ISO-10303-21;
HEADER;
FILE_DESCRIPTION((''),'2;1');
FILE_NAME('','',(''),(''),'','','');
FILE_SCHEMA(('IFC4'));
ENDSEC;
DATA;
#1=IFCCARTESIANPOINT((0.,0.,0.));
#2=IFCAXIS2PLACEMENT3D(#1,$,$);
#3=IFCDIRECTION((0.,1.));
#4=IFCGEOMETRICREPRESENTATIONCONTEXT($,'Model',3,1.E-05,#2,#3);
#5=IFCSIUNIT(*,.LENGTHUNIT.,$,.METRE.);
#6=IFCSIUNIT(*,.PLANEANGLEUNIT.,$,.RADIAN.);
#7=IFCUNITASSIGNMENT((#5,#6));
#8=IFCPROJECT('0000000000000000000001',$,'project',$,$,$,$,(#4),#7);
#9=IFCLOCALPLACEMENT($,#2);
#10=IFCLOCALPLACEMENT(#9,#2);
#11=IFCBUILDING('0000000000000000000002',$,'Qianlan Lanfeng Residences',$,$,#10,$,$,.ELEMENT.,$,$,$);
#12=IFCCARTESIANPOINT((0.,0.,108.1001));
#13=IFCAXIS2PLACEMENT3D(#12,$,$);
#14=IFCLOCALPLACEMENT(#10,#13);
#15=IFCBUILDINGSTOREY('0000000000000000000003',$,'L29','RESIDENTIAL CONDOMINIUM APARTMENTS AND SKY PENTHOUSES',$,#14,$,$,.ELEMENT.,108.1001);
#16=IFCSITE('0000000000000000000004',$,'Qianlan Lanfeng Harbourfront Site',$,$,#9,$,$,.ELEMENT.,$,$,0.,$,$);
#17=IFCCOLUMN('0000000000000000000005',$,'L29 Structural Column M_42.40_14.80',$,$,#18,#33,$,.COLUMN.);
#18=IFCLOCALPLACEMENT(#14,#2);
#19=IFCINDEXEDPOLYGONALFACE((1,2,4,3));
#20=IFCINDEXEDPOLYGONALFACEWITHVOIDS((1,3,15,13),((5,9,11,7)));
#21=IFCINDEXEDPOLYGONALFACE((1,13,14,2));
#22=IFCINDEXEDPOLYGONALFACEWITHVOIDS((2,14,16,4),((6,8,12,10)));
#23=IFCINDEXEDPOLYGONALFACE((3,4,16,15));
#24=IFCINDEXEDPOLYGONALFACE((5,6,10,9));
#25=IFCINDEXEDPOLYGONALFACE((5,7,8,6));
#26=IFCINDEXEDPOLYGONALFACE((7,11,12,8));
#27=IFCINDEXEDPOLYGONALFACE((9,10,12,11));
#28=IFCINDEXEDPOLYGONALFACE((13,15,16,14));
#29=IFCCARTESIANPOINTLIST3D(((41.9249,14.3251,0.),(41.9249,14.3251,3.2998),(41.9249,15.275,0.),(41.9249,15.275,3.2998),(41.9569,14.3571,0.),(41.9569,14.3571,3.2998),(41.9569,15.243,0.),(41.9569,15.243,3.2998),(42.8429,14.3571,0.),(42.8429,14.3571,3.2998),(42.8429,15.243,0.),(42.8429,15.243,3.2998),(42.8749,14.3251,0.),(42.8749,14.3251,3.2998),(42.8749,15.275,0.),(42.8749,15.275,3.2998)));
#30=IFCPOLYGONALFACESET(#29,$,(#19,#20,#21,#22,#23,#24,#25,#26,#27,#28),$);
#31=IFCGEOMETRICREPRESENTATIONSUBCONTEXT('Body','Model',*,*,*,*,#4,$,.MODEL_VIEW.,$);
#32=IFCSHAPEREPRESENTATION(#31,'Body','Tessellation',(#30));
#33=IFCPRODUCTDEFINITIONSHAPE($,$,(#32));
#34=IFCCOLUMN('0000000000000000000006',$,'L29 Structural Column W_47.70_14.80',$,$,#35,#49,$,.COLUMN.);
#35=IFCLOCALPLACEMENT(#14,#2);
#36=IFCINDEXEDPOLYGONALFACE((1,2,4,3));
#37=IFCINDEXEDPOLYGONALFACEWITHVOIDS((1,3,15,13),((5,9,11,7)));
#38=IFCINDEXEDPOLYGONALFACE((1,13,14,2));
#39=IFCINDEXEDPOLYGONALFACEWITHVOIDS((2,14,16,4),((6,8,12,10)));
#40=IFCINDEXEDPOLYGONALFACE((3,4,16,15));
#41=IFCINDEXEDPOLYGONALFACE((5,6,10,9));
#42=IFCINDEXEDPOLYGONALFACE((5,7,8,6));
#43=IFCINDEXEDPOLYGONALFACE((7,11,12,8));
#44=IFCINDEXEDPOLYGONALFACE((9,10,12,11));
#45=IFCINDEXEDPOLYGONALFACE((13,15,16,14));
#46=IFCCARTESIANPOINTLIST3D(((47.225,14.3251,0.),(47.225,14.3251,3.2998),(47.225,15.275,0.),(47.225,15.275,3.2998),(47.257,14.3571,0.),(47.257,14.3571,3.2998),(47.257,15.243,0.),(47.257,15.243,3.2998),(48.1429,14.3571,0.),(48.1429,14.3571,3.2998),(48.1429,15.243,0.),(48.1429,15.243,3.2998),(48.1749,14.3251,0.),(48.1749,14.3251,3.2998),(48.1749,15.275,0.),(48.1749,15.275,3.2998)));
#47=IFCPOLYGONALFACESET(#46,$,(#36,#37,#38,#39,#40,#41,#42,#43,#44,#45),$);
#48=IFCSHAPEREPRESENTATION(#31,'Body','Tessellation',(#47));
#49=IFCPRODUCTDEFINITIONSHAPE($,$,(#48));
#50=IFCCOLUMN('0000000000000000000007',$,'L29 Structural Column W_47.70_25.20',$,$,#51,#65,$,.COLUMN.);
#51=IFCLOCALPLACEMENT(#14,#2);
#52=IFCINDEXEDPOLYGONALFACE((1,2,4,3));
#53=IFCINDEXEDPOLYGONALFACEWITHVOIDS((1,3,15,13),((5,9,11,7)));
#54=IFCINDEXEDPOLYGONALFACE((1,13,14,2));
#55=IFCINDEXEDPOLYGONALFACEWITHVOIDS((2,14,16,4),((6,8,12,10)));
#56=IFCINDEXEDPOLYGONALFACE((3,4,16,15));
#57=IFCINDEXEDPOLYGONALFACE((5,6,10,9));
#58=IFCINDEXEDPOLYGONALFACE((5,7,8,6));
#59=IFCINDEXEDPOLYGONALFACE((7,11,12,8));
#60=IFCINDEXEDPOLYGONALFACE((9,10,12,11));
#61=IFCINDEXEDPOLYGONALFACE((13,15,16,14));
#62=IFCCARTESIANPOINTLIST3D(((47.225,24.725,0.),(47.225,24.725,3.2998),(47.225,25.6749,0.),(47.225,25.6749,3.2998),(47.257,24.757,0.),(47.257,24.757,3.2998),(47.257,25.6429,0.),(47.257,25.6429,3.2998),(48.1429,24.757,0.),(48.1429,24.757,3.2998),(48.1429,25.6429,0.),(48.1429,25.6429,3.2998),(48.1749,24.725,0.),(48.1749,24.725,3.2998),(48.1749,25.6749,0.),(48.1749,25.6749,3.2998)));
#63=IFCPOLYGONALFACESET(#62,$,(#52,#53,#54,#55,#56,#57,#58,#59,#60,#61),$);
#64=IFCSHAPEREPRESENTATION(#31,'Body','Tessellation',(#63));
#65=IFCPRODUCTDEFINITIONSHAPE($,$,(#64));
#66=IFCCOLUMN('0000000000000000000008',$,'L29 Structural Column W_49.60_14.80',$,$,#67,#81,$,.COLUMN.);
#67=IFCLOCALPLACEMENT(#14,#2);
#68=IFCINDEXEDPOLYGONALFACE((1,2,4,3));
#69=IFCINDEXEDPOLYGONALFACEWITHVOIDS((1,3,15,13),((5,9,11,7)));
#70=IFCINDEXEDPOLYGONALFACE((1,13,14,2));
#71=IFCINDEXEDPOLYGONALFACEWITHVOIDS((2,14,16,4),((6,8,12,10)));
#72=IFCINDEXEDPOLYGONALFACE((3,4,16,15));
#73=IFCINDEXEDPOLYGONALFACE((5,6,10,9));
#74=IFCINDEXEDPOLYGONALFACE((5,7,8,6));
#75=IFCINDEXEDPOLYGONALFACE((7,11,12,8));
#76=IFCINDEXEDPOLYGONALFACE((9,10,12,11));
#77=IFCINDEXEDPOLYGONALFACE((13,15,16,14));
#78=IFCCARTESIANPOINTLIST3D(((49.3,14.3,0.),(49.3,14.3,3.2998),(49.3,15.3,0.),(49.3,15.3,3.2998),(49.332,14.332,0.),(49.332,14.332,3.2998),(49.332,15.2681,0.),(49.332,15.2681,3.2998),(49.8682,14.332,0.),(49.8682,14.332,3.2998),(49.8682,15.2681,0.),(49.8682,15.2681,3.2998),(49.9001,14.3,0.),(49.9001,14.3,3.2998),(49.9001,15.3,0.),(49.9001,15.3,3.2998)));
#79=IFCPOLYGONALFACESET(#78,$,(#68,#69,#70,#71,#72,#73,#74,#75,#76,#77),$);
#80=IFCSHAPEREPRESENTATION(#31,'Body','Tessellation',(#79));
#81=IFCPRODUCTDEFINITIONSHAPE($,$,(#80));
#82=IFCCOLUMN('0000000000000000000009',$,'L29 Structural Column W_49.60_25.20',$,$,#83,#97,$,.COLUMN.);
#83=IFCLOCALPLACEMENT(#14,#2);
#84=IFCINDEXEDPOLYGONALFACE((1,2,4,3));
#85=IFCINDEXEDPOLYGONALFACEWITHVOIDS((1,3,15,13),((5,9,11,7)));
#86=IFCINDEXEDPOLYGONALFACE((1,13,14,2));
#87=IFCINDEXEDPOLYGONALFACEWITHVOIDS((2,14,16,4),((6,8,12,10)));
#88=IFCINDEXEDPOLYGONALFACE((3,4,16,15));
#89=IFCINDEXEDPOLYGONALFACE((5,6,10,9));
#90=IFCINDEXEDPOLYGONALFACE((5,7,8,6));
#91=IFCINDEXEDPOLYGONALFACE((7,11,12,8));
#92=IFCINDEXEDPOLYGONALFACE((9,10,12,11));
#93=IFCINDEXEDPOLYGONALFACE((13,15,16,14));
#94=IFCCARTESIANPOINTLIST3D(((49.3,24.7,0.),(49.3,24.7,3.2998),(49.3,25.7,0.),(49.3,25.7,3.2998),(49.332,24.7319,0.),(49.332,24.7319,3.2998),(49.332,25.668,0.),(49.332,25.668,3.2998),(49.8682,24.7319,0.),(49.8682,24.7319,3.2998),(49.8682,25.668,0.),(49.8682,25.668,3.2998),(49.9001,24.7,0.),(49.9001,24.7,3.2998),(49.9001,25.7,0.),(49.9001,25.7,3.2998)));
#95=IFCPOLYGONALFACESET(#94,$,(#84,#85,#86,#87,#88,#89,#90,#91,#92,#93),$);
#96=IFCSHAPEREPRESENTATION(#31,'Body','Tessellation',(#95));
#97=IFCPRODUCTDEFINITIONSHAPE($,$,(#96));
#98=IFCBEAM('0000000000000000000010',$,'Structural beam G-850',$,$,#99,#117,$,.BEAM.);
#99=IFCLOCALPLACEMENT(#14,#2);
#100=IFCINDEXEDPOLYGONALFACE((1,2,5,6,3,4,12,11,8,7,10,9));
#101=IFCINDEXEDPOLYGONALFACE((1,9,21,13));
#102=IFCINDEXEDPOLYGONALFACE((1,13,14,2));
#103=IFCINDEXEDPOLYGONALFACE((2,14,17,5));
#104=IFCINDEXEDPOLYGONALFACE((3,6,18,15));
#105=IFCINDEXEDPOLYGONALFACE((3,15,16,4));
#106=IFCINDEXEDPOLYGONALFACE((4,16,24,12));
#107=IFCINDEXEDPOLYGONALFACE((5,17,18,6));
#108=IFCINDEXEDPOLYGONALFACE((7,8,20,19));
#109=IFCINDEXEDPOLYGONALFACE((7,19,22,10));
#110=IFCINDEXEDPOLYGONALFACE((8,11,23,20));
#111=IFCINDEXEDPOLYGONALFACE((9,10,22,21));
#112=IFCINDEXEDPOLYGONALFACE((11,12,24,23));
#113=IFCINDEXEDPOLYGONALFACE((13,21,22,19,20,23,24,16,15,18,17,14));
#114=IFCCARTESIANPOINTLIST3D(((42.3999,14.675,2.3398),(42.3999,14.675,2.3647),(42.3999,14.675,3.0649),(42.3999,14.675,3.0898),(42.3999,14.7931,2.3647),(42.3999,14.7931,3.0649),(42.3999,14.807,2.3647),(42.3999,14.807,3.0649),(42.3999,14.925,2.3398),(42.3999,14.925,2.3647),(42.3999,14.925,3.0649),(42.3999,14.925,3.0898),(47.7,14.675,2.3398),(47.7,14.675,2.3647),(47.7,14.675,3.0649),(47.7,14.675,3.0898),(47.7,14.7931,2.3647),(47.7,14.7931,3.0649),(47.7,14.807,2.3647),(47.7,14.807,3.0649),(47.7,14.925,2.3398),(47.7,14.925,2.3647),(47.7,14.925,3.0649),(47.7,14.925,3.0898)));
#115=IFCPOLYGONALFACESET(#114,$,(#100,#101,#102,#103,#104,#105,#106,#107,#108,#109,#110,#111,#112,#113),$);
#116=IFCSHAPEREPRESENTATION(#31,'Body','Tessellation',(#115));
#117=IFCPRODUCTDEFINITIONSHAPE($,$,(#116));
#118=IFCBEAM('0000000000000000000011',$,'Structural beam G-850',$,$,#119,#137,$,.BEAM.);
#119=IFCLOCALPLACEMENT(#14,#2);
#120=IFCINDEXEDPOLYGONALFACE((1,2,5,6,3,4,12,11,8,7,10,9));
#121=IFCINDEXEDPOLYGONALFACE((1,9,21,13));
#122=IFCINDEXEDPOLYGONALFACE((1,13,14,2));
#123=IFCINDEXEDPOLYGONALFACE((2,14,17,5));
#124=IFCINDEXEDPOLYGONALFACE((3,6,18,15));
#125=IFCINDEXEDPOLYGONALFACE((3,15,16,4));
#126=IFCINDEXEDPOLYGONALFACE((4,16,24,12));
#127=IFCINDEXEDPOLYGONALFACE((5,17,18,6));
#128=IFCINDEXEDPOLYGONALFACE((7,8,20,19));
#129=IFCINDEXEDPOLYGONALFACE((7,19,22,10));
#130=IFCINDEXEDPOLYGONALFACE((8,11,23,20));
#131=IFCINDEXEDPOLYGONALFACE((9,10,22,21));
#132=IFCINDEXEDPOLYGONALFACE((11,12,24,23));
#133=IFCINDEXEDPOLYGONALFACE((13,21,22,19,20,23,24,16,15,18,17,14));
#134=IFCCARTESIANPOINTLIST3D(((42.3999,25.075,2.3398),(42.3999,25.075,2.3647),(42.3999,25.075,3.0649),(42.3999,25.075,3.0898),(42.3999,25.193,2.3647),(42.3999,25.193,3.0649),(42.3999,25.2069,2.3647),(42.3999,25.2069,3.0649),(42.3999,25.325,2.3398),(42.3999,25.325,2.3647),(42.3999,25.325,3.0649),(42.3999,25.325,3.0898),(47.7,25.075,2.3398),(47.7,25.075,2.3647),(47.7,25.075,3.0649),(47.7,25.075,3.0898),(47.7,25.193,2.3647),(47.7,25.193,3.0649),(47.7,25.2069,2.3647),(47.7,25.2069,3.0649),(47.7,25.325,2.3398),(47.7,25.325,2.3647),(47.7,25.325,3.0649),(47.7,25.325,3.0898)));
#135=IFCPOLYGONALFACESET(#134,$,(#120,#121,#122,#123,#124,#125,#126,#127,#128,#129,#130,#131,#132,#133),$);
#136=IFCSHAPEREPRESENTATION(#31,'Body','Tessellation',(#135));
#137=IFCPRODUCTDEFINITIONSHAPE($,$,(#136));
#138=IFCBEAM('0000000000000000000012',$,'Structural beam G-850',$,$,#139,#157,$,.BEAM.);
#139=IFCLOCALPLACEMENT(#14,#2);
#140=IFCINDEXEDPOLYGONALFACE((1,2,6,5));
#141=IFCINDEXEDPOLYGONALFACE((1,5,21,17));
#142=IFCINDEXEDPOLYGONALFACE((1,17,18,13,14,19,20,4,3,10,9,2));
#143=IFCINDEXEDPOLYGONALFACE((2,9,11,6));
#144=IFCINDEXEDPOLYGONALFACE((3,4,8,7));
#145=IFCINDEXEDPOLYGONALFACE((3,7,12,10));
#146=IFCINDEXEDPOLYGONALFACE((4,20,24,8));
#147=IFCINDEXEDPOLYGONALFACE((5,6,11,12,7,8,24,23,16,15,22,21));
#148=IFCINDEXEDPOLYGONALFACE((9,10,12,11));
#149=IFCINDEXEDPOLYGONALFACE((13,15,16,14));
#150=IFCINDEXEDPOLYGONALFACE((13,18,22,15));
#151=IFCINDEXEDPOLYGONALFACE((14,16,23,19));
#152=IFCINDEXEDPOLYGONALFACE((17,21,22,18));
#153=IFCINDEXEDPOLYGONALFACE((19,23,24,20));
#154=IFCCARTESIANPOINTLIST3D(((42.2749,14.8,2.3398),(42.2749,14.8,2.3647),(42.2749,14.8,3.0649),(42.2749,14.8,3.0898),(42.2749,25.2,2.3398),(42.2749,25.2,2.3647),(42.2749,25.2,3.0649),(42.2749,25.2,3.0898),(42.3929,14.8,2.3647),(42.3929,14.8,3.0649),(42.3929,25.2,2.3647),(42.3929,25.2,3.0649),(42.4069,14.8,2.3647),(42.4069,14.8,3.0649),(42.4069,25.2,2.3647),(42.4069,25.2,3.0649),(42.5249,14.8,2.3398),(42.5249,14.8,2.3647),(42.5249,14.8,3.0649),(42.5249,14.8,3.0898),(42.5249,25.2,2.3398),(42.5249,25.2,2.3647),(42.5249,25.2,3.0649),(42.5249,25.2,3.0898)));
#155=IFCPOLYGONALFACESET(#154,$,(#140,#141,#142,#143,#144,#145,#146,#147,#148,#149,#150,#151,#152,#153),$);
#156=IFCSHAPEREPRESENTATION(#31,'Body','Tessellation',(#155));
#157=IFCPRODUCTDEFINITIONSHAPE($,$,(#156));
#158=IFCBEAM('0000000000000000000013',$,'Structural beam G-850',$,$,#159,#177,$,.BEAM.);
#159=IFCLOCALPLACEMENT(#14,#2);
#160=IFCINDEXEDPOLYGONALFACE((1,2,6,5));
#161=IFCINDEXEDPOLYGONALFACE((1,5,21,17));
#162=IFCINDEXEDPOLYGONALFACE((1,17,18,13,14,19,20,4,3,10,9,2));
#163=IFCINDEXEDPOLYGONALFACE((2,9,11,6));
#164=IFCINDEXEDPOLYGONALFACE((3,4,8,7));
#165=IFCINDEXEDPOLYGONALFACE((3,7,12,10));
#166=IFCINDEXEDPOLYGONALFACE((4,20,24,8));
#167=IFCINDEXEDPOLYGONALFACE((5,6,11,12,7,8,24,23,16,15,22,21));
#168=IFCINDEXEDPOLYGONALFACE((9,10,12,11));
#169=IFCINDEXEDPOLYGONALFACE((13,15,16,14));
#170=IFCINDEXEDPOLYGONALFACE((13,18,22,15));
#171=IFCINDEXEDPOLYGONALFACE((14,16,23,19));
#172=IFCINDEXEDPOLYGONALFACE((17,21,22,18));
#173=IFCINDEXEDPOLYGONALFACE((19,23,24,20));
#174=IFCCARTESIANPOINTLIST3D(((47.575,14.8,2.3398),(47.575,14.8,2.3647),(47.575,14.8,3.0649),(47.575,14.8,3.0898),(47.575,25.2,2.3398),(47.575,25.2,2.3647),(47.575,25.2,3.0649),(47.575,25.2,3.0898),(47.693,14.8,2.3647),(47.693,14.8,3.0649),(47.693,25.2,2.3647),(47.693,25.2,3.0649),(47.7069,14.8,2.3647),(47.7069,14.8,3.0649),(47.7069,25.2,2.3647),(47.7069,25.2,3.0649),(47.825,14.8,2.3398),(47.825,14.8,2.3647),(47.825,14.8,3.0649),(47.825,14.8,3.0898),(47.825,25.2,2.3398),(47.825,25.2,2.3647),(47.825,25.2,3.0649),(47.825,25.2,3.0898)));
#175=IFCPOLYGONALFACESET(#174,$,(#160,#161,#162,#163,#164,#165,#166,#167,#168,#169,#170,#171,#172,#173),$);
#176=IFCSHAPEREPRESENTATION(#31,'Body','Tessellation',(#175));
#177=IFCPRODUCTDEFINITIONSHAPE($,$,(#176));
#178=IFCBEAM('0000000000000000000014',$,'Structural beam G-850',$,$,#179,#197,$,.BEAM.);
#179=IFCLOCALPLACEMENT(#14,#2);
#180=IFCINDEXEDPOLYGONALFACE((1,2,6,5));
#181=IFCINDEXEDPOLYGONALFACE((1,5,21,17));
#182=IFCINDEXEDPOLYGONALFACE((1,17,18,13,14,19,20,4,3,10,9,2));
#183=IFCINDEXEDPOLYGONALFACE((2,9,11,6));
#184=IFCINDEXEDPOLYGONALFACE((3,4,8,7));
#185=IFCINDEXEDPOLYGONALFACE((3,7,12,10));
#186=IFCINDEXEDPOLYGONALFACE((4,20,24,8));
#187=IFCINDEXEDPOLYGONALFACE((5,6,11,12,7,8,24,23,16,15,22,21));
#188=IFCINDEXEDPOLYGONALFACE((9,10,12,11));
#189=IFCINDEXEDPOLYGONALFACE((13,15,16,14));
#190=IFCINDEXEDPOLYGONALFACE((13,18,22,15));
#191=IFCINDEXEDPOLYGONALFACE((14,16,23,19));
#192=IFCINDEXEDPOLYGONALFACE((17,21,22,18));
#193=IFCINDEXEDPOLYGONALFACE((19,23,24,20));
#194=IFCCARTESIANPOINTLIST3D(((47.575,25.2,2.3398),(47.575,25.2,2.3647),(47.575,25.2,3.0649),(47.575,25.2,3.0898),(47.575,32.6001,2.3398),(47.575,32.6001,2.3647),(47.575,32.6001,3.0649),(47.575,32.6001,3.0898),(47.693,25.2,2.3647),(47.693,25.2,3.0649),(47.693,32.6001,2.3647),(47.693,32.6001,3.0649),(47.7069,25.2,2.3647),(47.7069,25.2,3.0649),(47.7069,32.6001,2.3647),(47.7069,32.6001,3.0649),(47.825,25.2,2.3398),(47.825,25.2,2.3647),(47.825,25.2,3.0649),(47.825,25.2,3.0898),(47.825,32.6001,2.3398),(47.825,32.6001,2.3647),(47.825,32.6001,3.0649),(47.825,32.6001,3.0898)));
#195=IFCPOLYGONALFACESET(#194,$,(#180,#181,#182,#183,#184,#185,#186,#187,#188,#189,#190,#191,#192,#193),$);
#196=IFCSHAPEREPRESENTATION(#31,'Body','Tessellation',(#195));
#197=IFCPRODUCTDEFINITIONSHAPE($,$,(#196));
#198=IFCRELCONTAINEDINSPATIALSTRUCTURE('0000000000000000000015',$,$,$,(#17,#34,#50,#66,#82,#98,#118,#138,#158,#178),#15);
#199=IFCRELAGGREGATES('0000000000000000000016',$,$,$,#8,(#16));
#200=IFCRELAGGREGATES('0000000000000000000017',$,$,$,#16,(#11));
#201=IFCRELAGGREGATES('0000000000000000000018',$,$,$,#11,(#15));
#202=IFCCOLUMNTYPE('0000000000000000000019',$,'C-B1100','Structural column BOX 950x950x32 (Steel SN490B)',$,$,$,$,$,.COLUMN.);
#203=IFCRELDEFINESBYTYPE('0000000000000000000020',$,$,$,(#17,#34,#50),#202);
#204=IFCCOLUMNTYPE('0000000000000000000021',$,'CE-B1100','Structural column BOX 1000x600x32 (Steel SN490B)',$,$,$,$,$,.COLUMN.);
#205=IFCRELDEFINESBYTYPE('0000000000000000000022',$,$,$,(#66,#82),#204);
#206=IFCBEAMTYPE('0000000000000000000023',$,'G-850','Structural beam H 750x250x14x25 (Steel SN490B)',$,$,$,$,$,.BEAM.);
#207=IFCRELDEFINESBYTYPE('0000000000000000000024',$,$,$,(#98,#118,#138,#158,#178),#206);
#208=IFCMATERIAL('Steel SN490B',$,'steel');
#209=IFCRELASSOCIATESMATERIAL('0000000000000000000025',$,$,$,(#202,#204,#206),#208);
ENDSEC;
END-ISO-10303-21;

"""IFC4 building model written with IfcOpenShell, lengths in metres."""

from ifc_helpers import new_model, si_unit, direction, frame, origin, origin_2d, place, context, subcontext, project, spatial, hollow_rectangle, i_section, extrude, material, material_profile, profile_set, type_object, element, save


model = new_model("IFC4")

# Units and contexts
model_context = context("Model", 3, precision=1e-05, world=origin(), true_north=direction((0.0, 1.0)))
body_context = subcontext(model_context, "Body", "Model", "MODEL_VIEW")
ifc_project = project(units=[si_unit("LENGTHUNIT", "METRE"), si_unit("PLANEANGLEUNIT", "RADIAN")], contexts=[model_context])

# Site, building, storey
site_placement = place(None, origin())
site = spatial("IfcSite", under=ifc_project, at=site_placement, Name="Qianlan Lanfeng Harbourfront Site", CompositionType="ELEMENT", RefElevation=0.0)
building_placement = place(site_placement, origin())
building = spatial("IfcBuilding", under=site, at=building_placement, Name="Qianlan Lanfeng Residences", CompositionType="ELEMENT")
storey_placement = place(building_placement, frame((0.0, 0.0, 108.1001)))
storey = spatial("IfcBuildingStorey", under=building, at=storey_placement, Name="L29", Description="RESIDENTIAL CONDOMINIUM APARTMENTS AND SKY PENTHOUSES", CompositionType="ELEMENT", Elevation=108.1001)

# Columns
ifc_material_1 = material(Name="Steel SN490B", Category="steel")
ifc_material_profile_1 = material_profile(ifc_material_1, hollow_rectangle(XDim=0.95, YDim=0.95, WallThickness=0.032, at=origin_2d()), Name="BOX 950x950x32")
ifc_profile_set_1 = profile_set([ifc_material_profile_1], Name="Steel SN490B")
column_type_1 = type_object("IfcColumnType", Name="C-B1100", Description="Structural column BOX 950x950x32 (Steel SN490B)", PredefinedType="COLUMN", material=ifc_profile_set_1)
for number, where, z_axis, x_axis, name in (
    (1, (42.3999, 14.8, 0.0), (0.0, 0.0, 1.0), (1.0, 0.0, 0.0), "L29 Structural Column M_42.40_14.80"),
    (2, (47.7, 14.8, 0.0), (0.0, 0.0, 1.0), (1.0, 0.0, 0.0), "L29 Structural Column W_47.70_14.80"),
    (3, (47.7, 25.2, 0.0), (0.0, 0.0, 1.0), (1.0, 0.0, 0.0), "L29 Structural Column W_47.70_25.20"),
):
    element("IfcColumn", number, at=place(storey_placement, frame(where, z_axis=z_axis, x_axis=x_axis)), inside=storey, type_object=column_type_1, Name=name, PredefinedType="COLUMN", context=body_context, shape_type="SweptSolid", body=[
        extrude(hollow_rectangle(XDim=0.95, YDim=0.95, WallThickness=0.032, at=origin_2d()), origin(), (0.0, 0.0, 1.0), 3.2998),
    ])
ifc_material_profile_2 = material_profile(ifc_material_1, hollow_rectangle(XDim=0.6001, YDim=1.0, WallThickness=0.032, at=origin_2d()), Name="BOX 1000x600x32")
ifc_profile_set_2 = profile_set([ifc_material_profile_2], Name="Steel SN490B")
column_type_2 = type_object("IfcColumnType", Name="CE-B1100", Description="Structural column BOX 1000x600x32 (Steel SN490B)", PredefinedType="COLUMN", material=ifc_profile_set_2)
for number, where, z_axis, x_axis, name in (
    (4, (49.6001, 14.8, 0.0), (0.0, 0.0, 1.0), (1.0, 0.0, 0.0), "L29 Structural Column W_49.60_14.80"),
    (5, (49.6001, 25.2, 0.0), (0.0, 0.0, 1.0), (1.0, 0.0, 0.0), "L29 Structural Column W_49.60_25.20"),
):
    element("IfcColumn", number, at=place(storey_placement, frame(where, z_axis=z_axis, x_axis=x_axis)), inside=storey, type_object=column_type_2, Name=name, PredefinedType="COLUMN", context=body_context, shape_type="SweptSolid", body=[
        extrude(hollow_rectangle(XDim=0.6001, YDim=1.0, WallThickness=0.032, at=origin_2d()), origin(), (0.0, 0.0, 1.0), 3.2998),
    ])

# Beams
ifc_material_profile_3 = material_profile(ifc_material_1, i_section(OverallWidth=0.25, OverallDepth=0.75, WebThickness=0.0139, FlangeThickness=0.0249, at=origin_2d()), Name="H 750x250x14x25")
ifc_profile_set_3 = profile_set([ifc_material_profile_3], Name="Steel SN490B")
beam_type_1 = type_object("IfcBeamType", Name="G-850", Description="Structural beam H 750x250x14x25 (Steel SN490B)", PredefinedType="BEAM", material=ifc_profile_set_3)
for number, where, z_axis, x_axis, name in (
    (6, (42.3999, 14.8, 2.7148), (1.0, 0.0, 0.0), (0.0, 1.0, 0.0), "Structural beam G-850"),
    (7, (42.3999, 25.2, 2.7148), (1.0, 0.0, 0.0), (0.0, 1.0, 0.0), "Structural beam G-850"),
):
    element("IfcBeam", number, at=place(storey_placement, frame(where, z_axis=z_axis, x_axis=x_axis)), inside=storey, type_object=beam_type_1, Name=name, PredefinedType="BEAM", context=body_context, shape_type="SweptSolid", body=[
        extrude(i_section(OverallWidth=0.25, OverallDepth=0.75, WebThickness=0.0139, FlangeThickness=0.0249, at=origin_2d()), origin(), (0.0, 0.0, 1.0), 5.3),
    ])
for number, where, z_axis, x_axis, name in (
    (8, (42.3999, 14.8, 2.7148), (0.0, 1.0, 0.0), (-1.0, 0.0, 0.0), "Structural beam G-850"),
    (9, (47.7, 14.8, 2.7148), (0.0, 1.0, 0.0), (-1.0, 0.0, 0.0), "Structural beam G-850"),
):
    element("IfcBeam", number, at=place(storey_placement, frame(where, z_axis=z_axis, x_axis=x_axis)), inside=storey, type_object=beam_type_1, Name=name, PredefinedType="BEAM", context=body_context, shape_type="SweptSolid", body=[
        extrude(i_section(OverallWidth=0.25, OverallDepth=0.75, WebThickness=0.0139, FlangeThickness=0.0249, at=origin_2d()), origin(), (0.0, 0.0, 1.0), 10.3999),
    ])
beam_1_placement = place(storey_placement, frame((47.7, 25.2, 2.7148), z_axis=(0.0, 1.0, 0.0), x_axis=(-1.0, 0.0, 0.0)))
element("IfcBeam", 10, at=beam_1_placement, inside=storey, type_object=beam_type_1, Name="Structural beam G-850", PredefinedType="BEAM", context=body_context, shape_type="SweptSolid", body=[
    extrude(i_section(OverallWidth=0.25, OverallDepth=0.75, WebThickness=0.0139, FlangeThickness=0.0249, at=origin_2d()), origin(), (0.0, 0.0, 1.0), 7.4001),
])

save(model, "model.ifc")
